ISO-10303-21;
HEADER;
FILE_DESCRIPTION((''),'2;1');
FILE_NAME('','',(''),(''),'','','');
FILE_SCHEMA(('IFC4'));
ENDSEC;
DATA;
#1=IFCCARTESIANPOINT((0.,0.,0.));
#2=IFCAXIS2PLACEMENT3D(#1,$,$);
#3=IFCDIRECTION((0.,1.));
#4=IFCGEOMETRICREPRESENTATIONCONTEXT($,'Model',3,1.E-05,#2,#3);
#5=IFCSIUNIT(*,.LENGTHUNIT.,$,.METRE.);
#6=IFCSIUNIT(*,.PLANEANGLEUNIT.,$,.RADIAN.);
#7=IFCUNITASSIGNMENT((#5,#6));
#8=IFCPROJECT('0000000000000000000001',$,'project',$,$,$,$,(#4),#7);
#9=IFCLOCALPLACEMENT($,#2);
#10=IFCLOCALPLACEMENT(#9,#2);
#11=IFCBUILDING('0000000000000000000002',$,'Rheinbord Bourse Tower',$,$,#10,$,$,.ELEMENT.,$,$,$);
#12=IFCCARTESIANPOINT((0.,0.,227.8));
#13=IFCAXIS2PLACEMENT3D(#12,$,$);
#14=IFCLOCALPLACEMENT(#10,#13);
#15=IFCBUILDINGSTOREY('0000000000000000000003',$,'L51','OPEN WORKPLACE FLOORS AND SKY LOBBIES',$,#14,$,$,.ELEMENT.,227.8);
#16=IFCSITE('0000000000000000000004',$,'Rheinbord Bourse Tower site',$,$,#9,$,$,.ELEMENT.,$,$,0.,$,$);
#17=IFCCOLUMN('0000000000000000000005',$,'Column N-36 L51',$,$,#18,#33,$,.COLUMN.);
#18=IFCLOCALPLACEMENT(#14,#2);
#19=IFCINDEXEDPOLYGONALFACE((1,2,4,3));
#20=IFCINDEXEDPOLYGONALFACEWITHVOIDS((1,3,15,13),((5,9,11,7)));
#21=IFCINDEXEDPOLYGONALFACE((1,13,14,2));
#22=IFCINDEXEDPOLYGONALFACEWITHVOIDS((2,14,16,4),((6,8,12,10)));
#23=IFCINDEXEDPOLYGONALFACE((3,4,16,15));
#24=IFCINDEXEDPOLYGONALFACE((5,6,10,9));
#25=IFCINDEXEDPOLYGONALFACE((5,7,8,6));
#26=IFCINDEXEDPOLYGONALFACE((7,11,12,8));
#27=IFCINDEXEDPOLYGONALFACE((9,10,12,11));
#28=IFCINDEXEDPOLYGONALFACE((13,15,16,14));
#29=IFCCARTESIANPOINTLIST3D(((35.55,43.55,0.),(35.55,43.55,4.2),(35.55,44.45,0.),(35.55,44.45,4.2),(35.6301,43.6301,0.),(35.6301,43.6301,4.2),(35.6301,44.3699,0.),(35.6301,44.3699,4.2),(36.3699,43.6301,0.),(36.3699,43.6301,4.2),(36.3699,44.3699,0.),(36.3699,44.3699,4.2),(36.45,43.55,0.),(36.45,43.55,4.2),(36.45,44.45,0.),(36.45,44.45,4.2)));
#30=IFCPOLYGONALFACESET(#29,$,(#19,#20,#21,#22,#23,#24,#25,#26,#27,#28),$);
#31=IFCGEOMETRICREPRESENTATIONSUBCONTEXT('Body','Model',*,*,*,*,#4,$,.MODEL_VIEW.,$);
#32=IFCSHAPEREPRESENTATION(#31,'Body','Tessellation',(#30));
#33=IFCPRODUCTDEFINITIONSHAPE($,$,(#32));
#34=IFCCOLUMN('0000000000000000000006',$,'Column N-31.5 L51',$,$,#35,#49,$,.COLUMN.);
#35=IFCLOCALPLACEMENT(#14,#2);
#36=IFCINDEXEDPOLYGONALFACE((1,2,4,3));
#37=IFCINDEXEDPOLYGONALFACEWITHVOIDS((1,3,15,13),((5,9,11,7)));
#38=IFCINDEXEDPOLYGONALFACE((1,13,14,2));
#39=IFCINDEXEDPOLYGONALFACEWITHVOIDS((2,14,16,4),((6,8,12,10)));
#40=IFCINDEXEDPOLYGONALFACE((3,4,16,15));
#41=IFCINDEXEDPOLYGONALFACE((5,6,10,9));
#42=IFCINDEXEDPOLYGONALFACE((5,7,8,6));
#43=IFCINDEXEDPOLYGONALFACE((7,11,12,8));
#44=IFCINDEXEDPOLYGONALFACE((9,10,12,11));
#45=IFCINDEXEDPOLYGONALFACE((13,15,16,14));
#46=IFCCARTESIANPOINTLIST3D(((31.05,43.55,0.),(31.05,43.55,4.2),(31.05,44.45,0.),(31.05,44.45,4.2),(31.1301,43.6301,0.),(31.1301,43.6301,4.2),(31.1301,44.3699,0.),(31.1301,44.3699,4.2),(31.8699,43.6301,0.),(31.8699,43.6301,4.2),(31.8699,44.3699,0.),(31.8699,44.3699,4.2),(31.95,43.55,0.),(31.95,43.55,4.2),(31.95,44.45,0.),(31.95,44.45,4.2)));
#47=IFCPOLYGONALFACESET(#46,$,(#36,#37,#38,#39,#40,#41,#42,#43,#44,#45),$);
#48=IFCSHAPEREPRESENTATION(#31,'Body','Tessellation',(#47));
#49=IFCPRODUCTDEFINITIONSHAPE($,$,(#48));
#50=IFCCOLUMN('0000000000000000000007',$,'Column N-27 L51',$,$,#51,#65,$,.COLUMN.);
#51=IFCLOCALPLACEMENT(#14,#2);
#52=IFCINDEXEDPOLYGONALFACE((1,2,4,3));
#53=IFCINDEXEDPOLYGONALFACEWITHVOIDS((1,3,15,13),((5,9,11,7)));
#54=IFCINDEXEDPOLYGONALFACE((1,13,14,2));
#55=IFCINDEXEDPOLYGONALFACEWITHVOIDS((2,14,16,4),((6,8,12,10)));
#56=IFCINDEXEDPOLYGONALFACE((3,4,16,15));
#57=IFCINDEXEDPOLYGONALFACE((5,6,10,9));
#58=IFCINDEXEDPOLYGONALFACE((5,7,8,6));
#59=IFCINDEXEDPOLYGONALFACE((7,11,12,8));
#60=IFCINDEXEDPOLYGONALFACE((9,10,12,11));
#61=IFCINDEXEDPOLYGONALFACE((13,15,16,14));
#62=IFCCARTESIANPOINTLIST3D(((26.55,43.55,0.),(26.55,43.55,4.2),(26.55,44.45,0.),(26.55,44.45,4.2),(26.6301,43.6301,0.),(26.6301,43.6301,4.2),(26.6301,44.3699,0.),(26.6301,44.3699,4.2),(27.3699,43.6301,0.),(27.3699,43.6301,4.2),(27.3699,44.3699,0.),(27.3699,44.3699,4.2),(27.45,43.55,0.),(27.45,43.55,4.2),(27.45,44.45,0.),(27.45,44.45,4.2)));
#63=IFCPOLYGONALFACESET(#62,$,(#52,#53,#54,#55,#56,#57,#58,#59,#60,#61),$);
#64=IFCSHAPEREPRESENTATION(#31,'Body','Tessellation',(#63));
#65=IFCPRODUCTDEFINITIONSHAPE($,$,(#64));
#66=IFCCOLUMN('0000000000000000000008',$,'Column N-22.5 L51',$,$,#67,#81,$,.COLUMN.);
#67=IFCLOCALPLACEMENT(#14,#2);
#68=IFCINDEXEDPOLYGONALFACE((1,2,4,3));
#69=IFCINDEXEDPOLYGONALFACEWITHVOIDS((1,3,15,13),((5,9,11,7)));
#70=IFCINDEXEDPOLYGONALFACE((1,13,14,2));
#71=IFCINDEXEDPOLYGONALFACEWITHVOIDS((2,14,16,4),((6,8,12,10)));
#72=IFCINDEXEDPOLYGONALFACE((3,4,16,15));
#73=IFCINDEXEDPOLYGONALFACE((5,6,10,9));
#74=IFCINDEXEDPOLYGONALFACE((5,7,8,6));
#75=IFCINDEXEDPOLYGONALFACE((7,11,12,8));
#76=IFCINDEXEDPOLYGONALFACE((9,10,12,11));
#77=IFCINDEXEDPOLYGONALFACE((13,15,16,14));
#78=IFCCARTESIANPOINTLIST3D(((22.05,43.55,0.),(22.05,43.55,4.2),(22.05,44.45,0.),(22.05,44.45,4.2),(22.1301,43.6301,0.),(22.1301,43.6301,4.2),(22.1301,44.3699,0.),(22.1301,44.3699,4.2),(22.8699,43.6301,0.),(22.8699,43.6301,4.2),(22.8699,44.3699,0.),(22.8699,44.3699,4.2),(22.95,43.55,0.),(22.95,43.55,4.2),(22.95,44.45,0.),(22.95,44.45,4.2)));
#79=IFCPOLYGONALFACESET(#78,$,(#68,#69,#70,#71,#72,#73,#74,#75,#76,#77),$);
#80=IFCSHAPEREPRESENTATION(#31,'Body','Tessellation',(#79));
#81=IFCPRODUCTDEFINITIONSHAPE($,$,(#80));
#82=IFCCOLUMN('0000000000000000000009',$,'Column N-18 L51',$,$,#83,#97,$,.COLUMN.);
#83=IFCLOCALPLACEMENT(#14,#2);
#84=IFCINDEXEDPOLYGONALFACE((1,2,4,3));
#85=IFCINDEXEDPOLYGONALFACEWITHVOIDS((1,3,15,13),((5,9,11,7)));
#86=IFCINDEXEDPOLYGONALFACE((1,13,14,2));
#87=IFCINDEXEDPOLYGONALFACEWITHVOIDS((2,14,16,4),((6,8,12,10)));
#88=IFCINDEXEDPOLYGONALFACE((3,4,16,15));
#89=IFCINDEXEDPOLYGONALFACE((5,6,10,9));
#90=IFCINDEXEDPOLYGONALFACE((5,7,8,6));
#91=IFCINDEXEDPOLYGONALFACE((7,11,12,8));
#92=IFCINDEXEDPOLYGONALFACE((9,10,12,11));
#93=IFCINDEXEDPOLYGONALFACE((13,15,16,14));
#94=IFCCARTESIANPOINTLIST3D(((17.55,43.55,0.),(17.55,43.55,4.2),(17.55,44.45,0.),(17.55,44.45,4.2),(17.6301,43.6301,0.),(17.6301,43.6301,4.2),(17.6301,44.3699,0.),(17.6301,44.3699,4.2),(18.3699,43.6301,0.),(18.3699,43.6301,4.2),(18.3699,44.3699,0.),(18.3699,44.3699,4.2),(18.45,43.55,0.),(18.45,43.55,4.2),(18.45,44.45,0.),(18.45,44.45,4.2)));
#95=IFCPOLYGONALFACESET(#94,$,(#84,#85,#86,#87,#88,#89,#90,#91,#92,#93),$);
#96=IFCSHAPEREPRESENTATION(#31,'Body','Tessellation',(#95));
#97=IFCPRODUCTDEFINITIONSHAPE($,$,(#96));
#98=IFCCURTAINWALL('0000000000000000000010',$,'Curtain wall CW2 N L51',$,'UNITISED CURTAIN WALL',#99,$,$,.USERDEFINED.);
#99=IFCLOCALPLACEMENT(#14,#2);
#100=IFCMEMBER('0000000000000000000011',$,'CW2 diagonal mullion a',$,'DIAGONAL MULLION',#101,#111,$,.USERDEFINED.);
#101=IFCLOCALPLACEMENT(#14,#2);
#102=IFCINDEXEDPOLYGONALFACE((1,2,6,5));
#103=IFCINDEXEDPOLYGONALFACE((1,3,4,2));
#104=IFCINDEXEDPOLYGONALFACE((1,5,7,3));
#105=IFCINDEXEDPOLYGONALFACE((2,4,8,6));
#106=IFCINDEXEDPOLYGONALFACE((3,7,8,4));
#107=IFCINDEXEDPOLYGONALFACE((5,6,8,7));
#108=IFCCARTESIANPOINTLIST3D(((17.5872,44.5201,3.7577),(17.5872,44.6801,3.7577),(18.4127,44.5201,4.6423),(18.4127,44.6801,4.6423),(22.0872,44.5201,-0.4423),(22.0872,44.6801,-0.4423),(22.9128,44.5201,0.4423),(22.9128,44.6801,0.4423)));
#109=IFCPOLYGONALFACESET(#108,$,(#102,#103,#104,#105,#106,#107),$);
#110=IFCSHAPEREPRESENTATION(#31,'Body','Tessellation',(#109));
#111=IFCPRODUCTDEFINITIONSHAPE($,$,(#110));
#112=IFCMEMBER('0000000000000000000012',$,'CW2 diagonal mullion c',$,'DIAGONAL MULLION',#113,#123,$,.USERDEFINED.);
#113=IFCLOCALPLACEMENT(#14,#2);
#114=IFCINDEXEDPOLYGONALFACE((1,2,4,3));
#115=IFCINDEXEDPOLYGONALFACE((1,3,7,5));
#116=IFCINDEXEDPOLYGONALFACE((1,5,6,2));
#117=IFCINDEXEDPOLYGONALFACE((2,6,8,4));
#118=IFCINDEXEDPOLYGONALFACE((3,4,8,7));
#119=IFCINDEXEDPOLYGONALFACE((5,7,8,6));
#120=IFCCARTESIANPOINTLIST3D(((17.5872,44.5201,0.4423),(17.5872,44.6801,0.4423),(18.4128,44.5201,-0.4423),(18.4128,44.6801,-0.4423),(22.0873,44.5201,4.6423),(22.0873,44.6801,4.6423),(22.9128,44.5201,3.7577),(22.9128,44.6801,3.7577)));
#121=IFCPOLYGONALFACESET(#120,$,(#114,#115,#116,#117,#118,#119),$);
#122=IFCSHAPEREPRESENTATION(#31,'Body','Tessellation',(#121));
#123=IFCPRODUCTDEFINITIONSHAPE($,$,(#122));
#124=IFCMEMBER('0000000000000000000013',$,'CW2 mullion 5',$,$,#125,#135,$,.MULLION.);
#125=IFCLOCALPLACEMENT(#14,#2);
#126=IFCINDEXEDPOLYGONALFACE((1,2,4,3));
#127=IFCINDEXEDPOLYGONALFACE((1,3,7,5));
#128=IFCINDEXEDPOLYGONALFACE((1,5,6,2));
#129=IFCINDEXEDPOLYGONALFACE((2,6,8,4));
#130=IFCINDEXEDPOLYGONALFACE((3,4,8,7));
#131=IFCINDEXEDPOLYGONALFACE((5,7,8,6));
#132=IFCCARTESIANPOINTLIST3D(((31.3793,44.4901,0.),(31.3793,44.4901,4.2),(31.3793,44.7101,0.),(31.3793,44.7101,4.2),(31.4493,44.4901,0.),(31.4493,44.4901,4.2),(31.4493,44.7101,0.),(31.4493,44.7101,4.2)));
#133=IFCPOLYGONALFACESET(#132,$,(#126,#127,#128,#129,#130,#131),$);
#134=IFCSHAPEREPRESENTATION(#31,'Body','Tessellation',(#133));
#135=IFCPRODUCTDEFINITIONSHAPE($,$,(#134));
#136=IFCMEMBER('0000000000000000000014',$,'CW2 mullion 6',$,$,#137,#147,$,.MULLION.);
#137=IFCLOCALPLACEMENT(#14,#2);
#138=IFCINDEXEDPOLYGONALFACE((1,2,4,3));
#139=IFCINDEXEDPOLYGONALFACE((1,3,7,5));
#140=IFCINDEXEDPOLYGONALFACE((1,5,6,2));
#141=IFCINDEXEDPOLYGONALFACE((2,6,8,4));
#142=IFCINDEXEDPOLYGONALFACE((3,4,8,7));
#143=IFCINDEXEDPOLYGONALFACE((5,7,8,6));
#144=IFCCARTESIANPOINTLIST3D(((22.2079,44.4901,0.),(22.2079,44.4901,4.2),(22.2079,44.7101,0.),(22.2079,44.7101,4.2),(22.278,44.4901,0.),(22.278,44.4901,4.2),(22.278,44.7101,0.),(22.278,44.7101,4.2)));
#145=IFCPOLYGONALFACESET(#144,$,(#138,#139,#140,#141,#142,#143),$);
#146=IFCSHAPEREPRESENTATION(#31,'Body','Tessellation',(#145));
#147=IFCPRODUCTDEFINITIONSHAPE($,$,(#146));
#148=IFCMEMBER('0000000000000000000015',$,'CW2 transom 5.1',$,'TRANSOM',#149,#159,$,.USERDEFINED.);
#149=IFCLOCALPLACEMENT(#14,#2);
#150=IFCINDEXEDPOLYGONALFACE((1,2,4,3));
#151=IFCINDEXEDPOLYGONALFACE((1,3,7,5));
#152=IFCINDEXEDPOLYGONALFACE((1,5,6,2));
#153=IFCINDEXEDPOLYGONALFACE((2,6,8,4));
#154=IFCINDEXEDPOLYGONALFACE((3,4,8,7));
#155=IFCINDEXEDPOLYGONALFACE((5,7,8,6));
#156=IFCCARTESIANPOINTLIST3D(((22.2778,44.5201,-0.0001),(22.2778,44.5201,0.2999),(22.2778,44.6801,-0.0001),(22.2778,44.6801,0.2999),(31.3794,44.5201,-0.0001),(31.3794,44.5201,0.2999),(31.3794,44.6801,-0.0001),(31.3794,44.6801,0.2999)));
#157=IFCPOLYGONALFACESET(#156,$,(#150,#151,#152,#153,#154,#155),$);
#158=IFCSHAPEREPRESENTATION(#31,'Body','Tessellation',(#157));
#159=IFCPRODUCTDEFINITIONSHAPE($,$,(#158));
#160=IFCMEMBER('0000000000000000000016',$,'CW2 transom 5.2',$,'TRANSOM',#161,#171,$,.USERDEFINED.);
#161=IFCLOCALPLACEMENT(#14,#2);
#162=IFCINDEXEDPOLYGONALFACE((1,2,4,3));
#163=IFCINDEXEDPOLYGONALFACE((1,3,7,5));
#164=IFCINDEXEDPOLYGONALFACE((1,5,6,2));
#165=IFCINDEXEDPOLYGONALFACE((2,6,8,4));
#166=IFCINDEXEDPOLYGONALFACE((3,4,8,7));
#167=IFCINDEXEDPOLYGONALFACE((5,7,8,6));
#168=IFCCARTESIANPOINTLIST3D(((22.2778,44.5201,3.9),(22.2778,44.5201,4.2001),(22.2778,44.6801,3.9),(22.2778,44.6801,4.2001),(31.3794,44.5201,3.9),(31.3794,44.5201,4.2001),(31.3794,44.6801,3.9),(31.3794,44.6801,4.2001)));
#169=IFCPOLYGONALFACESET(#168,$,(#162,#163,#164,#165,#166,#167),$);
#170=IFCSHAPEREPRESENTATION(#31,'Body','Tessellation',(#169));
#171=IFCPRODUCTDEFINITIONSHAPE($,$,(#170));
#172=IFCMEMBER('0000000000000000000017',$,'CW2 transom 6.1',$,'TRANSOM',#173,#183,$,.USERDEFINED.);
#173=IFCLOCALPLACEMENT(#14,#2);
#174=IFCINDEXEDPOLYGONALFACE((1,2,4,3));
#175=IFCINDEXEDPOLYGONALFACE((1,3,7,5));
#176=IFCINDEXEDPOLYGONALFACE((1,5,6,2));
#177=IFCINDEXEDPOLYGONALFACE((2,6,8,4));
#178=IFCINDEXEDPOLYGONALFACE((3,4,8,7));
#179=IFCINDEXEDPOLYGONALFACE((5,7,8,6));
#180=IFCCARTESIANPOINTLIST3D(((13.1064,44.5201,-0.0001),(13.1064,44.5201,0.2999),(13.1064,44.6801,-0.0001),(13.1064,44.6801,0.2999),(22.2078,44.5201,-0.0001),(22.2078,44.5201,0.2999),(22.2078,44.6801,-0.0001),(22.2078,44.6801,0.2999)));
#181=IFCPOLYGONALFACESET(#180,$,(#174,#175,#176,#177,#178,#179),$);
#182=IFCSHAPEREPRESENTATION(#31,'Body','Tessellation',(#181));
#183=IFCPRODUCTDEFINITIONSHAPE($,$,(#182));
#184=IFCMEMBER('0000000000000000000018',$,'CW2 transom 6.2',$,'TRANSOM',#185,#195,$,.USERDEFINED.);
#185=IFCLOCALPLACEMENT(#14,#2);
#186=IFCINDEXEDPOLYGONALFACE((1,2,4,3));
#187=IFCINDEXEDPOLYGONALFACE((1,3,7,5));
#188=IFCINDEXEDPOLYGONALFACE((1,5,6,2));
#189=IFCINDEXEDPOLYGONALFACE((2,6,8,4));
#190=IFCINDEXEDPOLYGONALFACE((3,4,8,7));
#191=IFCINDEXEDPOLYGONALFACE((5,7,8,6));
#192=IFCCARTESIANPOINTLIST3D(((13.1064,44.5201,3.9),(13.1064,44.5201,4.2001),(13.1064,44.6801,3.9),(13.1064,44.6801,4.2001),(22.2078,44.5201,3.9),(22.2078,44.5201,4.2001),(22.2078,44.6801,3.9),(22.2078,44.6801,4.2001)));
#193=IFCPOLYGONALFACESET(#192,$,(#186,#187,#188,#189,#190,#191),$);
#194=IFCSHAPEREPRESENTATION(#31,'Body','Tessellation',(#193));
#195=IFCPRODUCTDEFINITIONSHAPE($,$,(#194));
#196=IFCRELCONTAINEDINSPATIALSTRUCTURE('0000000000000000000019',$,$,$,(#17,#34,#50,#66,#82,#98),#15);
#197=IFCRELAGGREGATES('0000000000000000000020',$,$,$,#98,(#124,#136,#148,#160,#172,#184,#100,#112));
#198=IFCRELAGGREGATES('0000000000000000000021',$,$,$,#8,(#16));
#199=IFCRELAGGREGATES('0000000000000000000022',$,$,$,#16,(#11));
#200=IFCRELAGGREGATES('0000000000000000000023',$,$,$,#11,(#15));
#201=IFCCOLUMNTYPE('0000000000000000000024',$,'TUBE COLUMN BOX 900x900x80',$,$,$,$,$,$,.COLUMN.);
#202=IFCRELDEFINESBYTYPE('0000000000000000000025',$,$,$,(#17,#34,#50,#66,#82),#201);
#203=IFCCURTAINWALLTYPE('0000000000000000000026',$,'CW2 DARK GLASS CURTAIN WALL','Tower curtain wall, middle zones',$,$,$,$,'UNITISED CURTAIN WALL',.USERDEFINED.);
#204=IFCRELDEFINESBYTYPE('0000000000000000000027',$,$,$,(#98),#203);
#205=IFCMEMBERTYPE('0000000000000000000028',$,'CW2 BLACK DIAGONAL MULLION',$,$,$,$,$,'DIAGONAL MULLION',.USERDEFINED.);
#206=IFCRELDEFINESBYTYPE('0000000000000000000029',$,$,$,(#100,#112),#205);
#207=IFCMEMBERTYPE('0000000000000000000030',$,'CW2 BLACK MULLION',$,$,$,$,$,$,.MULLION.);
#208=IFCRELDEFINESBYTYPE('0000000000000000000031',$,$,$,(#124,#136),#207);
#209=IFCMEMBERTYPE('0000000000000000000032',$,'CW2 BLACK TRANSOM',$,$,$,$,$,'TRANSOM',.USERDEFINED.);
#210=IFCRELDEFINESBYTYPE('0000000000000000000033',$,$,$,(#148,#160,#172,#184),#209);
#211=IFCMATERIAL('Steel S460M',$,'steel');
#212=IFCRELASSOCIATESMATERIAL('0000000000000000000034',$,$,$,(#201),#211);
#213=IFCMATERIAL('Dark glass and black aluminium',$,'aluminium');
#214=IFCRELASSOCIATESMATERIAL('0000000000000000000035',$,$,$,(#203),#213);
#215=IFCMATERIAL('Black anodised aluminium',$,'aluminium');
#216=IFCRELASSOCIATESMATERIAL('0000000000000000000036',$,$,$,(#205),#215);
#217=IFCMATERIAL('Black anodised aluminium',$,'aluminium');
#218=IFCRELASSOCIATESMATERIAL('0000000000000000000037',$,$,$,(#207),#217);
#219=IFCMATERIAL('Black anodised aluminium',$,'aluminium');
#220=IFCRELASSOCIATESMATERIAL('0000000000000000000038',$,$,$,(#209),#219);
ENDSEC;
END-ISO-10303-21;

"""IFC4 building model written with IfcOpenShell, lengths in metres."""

from ifc_helpers import new_model, si_unit, direction, frame, origin, origin_2d, place, context, subcontext, project, spatial, rectangle, hollow_rectangle, extrude, material, material_profile, profile_set, type_object, element, aggregate, save


model = new_model("IFC4")

# Units and contexts
model_context = context("Model", 3, precision=1e-05, world=origin(), true_north=direction((0.0, 1.0)))
body_context = subcontext(model_context, "Body", "Model", "MODEL_VIEW")
ifc_project = project(units=[si_unit("LENGTHUNIT", "METRE"), si_unit("PLANEANGLEUNIT", "RADIAN")], contexts=[model_context])

# Site, building, storey
site_placement = place(None, origin())
site = spatial("IfcSite", under=ifc_project, at=site_placement, Name="Rheinbord Bourse Tower site", CompositionType="ELEMENT", RefElevation=0.0)
building_placement = place(site_placement, origin())
building = spatial("IfcBuilding", under=site, at=building_placement, Name="Rheinbord Bourse Tower", CompositionType="ELEMENT")
storey_placement = place(building_placement, frame((0.0, 0.0, 227.8)))
storey = spatial("IfcBuildingStorey", under=building, at=storey_placement, Name="L51", Description="OPEN WORKPLACE FLOORS AND SKY LOBBIES", CompositionType="ELEMENT", Elevation=227.8)

# Columns
ifc_material_1 = material(Name="Steel S460M", Category="steel")
ifc_material_profile_1 = material_profile(ifc_material_1, hollow_rectangle(XDim=0.8999, YDim=0.8999, WallThickness=0.0801, at=origin_2d()), Name="BOX 900x900x80")
ifc_profile_set_1 = profile_set([ifc_material_profile_1], Name="Steel S460M")
column_type = type_object("IfcColumnType", Name="TUBE COLUMN BOX 900x900x80", PredefinedType="COLUMN", material=ifc_profile_set_1)
for number, where, z_axis, x_axis, name in (
    (1, (36.0, 44.0, 0.0), (0.0, 0.0, 1.0), (0.0, 1.0, 0.0), "Column N-36 L51"),
    (2, (31.5, 44.0, 0.0), (0.0, 0.0, 1.0), (0.0, 1.0, 0.0), "Column N-31.5 L51"),
    (3, (27.0, 44.0, 0.0), (0.0, 0.0, 1.0), (0.0, 1.0, 0.0), "Column N-27 L51"),
    (4, (22.5, 44.0, 0.0), (0.0, 0.0, 1.0), (0.0, 1.0, 0.0), "Column N-22.5 L51"),
    (5, (18.0, 44.0, 0.0), (0.0, 0.0, 1.0), (0.0, 1.0, 0.0), "Column N-18 L51"),
):
    element("IfcColumn", number, at=place(storey_placement, frame(where, z_axis=z_axis, x_axis=x_axis)), inside=storey, type_object=column_type, Name=name, PredefinedType="COLUMN", context=body_context, shape_type="SweptSolid", body=[
        extrude(hollow_rectangle(XDim=0.8999, YDim=0.8999, WallThickness=0.0801, at=origin_2d()), origin(), (0.0, 0.0, 1.0), 4.2),
    ])

# Curtain wall, members
ifc_material_2 = material(Name="Dark glass and black aluminium", Category="aluminium")
curtain_wall_type = type_object("IfcCurtainWallType", Name="CW2 DARK GLASS CURTAIN WALL", Description="Tower curtain wall, middle zones", ElementType="UNITISED CURTAIN WALL", PredefinedType="USERDEFINED", material=ifc_material_2)
curtain_wall_placement = place(storey_placement, origin())
curtain_wall = element("IfcCurtainWall", 6, at=curtain_wall_placement, inside=storey, type_object=curtain_wall_type, Name="Curtain wall CW2 N L51", ObjectType="UNITISED CURTAIN WALL", PredefinedType="USERDEFINED")
ifc_material_3 = material(Name="Black anodised aluminium", Category="aluminium")
ifc_material_profile_2 = material_profile(ifc_material_3, rectangle(XDim=0.1599, YDim=1.21, at=origin_2d()), Name="CW2 DIAGONAL MULLION 1210x160")
ifc_profile_set_2 = profile_set([ifc_material_profile_2], Name="Black anodised aluminium")
member_type_1 = type_object("IfcMemberType", Name="CW2 BLACK DIAGONAL MULLION", ElementType="DIAGONAL MULLION", PredefinedType="USERDEFINED", material=ifc_profile_set_2)
member_1_placement = place(storey_placement, frame((22.5, 44.6001, 0.0), z_axis=(-0.731059, 0.0, 0.682314), x_axis=(0.0, -1.0, 0.0)))
member_1 = element("IfcMember", 7, at=member_1_placement, type_object=member_type_1, Name="CW2 diagonal mullion a", ObjectType="DIAGONAL MULLION", PredefinedType="USERDEFINED", context=body_context, shape_type="SweptSolid", body=[
    extrude(rectangle(XDim=0.1599, YDim=1.21, at=origin_2d()), origin(), (0.0, 0.0, 1.0), 6.1555),
])
member_2_placement = place(storey_placement, frame((18.0, 44.6001, 0.0), z_axis=(0.731059, 0.0, 0.682314), x_axis=(0.0, 1.0, 0.0)))
member_2 = element("IfcMember", 8, at=member_2_placement, type_object=member_type_1, Name="CW2 diagonal mullion c", ObjectType="DIAGONAL MULLION", PredefinedType="USERDEFINED", context=body_context, shape_type="SweptSolid", body=[
    extrude(rectangle(XDim=0.1599, YDim=1.21, at=origin_2d()), origin(), (0.0, 0.0, 1.0), 6.1555),
])
ifc_material_4 = material(Name="Black anodised aluminium", Category="aluminium")
ifc_material_profile_3 = material_profile(ifc_material_4, rectangle(XDim=0.22, YDim=0.0701, at=origin_2d()), Name="CW2 MULLION 70x220")
ifc_profile_set_3 = profile_set([ifc_material_profile_3], Name="Black anodised aluminium")
member_type_2 = type_object("IfcMemberType", Name="CW2 BLACK MULLION", PredefinedType="MULLION", material=ifc_profile_set_3)
member_3_placement = place(storey_placement, frame((31.4143, 44.6001, 0.0), z_axis=(0.0, 0.0, 1.0), x_axis=(0.0, -1.0, 0.0)))
member_3 = element("IfcMember", 9, at=member_3_placement, type_object=member_type_2, Name="CW2 mullion 5", PredefinedType="MULLION", context=body_context, shape_type="SweptSolid", body=[
    extrude(rectangle(XDim=0.22, YDim=0.0701, at=origin_2d()), origin(), (0.0, 0.0, 1.0), 4.2),
])
member_4_placement = place(storey_placement, frame((22.2429, 44.6001, 0.0), z_axis=(0.0, 0.0, 1.0), x_axis=(0.0, -1.0, 0.0)))
member_4 = element("IfcMember", 10, at=member_4_placement, type_object=member_type_2, Name="CW2 mullion 6", PredefinedType="MULLION", context=body_context, shape_type="SweptSolid", body=[
    extrude(rectangle(XDim=0.22, YDim=0.0701, at=origin_2d()), origin(), (0.0, 0.0, 1.0), 4.2),
])
ifc_material_5 = material(Name="Black anodised aluminium", Category="aluminium")
ifc_material_profile_4 = material_profile(ifc_material_5, rectangle(XDim=0.1599, YDim=0.3, at=origin_2d()), Name="CW2 TRANSOM 300x160")
ifc_profile_set_4 = profile_set([ifc_material_profile_4], Name="Black anodised aluminium")
member_type_3 = type_object("IfcMemberType", Name="CW2 BLACK TRANSOM", ElementType="TRANSOM", PredefinedType="USERDEFINED", material=ifc_profile_set_4)
member_5_placement = place(storey_placement, frame((31.3794, 44.6001, 0.1499), z_axis=(-1.0, 0.0, 0.0), x_axis=(0.0, -1.0, 0.0)))
member_5 = element("IfcMember", 11, at=member_5_placement, type_object=member_type_3, Name="CW2 transom 5.1", ObjectType="TRANSOM", PredefinedType="USERDEFINED", context=body_context, shape_type="SweptSolid", body=[
    extrude(rectangle(XDim=0.1599, YDim=0.3, at=origin_2d()), origin(), (0.0, 0.0, 1.0), 9.1016),
])
member_6_placement = place(storey_placement, frame((31.3794, 44.6001, 4.05), z_axis=(-1.0, 0.0, 0.0), x_axis=(0.0, -1.0, 0.0)))
member_6 = element("IfcMember", 12, at=member_6_placement, type_object=member_type_3, Name="CW2 transom 5.2", ObjectType="TRANSOM", PredefinedType="USERDEFINED", context=body_context, shape_type="SweptSolid", body=[
    extrude(rectangle(XDim=0.1599, YDim=0.3, at=origin_2d()), origin(), (0.0, 0.0, 1.0), 9.1016),
])
member_7_placement = place(storey_placement, frame((22.2078, 44.6001, 0.1499), z_axis=(-1.0, 0.0, 0.0), x_axis=(0.0, -1.0, 0.0)))
member_7 = element("IfcMember", 13, at=member_7_placement, type_object=member_type_3, Name="CW2 transom 6.1", ObjectType="TRANSOM", PredefinedType="USERDEFINED", context=body_context, shape_type="SweptSolid", body=[
    extrude(rectangle(XDim=0.1599, YDim=0.3, at=origin_2d()), origin(), (0.0, 0.0, 1.0), 9.1013),
])
member_8_placement = place(storey_placement, frame((22.2078, 44.6001, 4.05), z_axis=(-1.0, 0.0, 0.0), x_axis=(0.0, -1.0, 0.0)))
member_8 = element("IfcMember", 14, at=member_8_placement, type_object=member_type_3, Name="CW2 transom 6.2", ObjectType="TRANSOM", PredefinedType="USERDEFINED", context=body_context, shape_type="SweptSolid", body=[
    extrude(rectangle(XDim=0.1599, YDim=0.3, at=origin_2d()), origin(), (0.0, 0.0, 1.0), 9.1013),
])

aggregate(curtain_wall, [member_3, member_4, member_5, member_6, member_7, member_8, member_1, member_2])

save(model, "model.ifc")
